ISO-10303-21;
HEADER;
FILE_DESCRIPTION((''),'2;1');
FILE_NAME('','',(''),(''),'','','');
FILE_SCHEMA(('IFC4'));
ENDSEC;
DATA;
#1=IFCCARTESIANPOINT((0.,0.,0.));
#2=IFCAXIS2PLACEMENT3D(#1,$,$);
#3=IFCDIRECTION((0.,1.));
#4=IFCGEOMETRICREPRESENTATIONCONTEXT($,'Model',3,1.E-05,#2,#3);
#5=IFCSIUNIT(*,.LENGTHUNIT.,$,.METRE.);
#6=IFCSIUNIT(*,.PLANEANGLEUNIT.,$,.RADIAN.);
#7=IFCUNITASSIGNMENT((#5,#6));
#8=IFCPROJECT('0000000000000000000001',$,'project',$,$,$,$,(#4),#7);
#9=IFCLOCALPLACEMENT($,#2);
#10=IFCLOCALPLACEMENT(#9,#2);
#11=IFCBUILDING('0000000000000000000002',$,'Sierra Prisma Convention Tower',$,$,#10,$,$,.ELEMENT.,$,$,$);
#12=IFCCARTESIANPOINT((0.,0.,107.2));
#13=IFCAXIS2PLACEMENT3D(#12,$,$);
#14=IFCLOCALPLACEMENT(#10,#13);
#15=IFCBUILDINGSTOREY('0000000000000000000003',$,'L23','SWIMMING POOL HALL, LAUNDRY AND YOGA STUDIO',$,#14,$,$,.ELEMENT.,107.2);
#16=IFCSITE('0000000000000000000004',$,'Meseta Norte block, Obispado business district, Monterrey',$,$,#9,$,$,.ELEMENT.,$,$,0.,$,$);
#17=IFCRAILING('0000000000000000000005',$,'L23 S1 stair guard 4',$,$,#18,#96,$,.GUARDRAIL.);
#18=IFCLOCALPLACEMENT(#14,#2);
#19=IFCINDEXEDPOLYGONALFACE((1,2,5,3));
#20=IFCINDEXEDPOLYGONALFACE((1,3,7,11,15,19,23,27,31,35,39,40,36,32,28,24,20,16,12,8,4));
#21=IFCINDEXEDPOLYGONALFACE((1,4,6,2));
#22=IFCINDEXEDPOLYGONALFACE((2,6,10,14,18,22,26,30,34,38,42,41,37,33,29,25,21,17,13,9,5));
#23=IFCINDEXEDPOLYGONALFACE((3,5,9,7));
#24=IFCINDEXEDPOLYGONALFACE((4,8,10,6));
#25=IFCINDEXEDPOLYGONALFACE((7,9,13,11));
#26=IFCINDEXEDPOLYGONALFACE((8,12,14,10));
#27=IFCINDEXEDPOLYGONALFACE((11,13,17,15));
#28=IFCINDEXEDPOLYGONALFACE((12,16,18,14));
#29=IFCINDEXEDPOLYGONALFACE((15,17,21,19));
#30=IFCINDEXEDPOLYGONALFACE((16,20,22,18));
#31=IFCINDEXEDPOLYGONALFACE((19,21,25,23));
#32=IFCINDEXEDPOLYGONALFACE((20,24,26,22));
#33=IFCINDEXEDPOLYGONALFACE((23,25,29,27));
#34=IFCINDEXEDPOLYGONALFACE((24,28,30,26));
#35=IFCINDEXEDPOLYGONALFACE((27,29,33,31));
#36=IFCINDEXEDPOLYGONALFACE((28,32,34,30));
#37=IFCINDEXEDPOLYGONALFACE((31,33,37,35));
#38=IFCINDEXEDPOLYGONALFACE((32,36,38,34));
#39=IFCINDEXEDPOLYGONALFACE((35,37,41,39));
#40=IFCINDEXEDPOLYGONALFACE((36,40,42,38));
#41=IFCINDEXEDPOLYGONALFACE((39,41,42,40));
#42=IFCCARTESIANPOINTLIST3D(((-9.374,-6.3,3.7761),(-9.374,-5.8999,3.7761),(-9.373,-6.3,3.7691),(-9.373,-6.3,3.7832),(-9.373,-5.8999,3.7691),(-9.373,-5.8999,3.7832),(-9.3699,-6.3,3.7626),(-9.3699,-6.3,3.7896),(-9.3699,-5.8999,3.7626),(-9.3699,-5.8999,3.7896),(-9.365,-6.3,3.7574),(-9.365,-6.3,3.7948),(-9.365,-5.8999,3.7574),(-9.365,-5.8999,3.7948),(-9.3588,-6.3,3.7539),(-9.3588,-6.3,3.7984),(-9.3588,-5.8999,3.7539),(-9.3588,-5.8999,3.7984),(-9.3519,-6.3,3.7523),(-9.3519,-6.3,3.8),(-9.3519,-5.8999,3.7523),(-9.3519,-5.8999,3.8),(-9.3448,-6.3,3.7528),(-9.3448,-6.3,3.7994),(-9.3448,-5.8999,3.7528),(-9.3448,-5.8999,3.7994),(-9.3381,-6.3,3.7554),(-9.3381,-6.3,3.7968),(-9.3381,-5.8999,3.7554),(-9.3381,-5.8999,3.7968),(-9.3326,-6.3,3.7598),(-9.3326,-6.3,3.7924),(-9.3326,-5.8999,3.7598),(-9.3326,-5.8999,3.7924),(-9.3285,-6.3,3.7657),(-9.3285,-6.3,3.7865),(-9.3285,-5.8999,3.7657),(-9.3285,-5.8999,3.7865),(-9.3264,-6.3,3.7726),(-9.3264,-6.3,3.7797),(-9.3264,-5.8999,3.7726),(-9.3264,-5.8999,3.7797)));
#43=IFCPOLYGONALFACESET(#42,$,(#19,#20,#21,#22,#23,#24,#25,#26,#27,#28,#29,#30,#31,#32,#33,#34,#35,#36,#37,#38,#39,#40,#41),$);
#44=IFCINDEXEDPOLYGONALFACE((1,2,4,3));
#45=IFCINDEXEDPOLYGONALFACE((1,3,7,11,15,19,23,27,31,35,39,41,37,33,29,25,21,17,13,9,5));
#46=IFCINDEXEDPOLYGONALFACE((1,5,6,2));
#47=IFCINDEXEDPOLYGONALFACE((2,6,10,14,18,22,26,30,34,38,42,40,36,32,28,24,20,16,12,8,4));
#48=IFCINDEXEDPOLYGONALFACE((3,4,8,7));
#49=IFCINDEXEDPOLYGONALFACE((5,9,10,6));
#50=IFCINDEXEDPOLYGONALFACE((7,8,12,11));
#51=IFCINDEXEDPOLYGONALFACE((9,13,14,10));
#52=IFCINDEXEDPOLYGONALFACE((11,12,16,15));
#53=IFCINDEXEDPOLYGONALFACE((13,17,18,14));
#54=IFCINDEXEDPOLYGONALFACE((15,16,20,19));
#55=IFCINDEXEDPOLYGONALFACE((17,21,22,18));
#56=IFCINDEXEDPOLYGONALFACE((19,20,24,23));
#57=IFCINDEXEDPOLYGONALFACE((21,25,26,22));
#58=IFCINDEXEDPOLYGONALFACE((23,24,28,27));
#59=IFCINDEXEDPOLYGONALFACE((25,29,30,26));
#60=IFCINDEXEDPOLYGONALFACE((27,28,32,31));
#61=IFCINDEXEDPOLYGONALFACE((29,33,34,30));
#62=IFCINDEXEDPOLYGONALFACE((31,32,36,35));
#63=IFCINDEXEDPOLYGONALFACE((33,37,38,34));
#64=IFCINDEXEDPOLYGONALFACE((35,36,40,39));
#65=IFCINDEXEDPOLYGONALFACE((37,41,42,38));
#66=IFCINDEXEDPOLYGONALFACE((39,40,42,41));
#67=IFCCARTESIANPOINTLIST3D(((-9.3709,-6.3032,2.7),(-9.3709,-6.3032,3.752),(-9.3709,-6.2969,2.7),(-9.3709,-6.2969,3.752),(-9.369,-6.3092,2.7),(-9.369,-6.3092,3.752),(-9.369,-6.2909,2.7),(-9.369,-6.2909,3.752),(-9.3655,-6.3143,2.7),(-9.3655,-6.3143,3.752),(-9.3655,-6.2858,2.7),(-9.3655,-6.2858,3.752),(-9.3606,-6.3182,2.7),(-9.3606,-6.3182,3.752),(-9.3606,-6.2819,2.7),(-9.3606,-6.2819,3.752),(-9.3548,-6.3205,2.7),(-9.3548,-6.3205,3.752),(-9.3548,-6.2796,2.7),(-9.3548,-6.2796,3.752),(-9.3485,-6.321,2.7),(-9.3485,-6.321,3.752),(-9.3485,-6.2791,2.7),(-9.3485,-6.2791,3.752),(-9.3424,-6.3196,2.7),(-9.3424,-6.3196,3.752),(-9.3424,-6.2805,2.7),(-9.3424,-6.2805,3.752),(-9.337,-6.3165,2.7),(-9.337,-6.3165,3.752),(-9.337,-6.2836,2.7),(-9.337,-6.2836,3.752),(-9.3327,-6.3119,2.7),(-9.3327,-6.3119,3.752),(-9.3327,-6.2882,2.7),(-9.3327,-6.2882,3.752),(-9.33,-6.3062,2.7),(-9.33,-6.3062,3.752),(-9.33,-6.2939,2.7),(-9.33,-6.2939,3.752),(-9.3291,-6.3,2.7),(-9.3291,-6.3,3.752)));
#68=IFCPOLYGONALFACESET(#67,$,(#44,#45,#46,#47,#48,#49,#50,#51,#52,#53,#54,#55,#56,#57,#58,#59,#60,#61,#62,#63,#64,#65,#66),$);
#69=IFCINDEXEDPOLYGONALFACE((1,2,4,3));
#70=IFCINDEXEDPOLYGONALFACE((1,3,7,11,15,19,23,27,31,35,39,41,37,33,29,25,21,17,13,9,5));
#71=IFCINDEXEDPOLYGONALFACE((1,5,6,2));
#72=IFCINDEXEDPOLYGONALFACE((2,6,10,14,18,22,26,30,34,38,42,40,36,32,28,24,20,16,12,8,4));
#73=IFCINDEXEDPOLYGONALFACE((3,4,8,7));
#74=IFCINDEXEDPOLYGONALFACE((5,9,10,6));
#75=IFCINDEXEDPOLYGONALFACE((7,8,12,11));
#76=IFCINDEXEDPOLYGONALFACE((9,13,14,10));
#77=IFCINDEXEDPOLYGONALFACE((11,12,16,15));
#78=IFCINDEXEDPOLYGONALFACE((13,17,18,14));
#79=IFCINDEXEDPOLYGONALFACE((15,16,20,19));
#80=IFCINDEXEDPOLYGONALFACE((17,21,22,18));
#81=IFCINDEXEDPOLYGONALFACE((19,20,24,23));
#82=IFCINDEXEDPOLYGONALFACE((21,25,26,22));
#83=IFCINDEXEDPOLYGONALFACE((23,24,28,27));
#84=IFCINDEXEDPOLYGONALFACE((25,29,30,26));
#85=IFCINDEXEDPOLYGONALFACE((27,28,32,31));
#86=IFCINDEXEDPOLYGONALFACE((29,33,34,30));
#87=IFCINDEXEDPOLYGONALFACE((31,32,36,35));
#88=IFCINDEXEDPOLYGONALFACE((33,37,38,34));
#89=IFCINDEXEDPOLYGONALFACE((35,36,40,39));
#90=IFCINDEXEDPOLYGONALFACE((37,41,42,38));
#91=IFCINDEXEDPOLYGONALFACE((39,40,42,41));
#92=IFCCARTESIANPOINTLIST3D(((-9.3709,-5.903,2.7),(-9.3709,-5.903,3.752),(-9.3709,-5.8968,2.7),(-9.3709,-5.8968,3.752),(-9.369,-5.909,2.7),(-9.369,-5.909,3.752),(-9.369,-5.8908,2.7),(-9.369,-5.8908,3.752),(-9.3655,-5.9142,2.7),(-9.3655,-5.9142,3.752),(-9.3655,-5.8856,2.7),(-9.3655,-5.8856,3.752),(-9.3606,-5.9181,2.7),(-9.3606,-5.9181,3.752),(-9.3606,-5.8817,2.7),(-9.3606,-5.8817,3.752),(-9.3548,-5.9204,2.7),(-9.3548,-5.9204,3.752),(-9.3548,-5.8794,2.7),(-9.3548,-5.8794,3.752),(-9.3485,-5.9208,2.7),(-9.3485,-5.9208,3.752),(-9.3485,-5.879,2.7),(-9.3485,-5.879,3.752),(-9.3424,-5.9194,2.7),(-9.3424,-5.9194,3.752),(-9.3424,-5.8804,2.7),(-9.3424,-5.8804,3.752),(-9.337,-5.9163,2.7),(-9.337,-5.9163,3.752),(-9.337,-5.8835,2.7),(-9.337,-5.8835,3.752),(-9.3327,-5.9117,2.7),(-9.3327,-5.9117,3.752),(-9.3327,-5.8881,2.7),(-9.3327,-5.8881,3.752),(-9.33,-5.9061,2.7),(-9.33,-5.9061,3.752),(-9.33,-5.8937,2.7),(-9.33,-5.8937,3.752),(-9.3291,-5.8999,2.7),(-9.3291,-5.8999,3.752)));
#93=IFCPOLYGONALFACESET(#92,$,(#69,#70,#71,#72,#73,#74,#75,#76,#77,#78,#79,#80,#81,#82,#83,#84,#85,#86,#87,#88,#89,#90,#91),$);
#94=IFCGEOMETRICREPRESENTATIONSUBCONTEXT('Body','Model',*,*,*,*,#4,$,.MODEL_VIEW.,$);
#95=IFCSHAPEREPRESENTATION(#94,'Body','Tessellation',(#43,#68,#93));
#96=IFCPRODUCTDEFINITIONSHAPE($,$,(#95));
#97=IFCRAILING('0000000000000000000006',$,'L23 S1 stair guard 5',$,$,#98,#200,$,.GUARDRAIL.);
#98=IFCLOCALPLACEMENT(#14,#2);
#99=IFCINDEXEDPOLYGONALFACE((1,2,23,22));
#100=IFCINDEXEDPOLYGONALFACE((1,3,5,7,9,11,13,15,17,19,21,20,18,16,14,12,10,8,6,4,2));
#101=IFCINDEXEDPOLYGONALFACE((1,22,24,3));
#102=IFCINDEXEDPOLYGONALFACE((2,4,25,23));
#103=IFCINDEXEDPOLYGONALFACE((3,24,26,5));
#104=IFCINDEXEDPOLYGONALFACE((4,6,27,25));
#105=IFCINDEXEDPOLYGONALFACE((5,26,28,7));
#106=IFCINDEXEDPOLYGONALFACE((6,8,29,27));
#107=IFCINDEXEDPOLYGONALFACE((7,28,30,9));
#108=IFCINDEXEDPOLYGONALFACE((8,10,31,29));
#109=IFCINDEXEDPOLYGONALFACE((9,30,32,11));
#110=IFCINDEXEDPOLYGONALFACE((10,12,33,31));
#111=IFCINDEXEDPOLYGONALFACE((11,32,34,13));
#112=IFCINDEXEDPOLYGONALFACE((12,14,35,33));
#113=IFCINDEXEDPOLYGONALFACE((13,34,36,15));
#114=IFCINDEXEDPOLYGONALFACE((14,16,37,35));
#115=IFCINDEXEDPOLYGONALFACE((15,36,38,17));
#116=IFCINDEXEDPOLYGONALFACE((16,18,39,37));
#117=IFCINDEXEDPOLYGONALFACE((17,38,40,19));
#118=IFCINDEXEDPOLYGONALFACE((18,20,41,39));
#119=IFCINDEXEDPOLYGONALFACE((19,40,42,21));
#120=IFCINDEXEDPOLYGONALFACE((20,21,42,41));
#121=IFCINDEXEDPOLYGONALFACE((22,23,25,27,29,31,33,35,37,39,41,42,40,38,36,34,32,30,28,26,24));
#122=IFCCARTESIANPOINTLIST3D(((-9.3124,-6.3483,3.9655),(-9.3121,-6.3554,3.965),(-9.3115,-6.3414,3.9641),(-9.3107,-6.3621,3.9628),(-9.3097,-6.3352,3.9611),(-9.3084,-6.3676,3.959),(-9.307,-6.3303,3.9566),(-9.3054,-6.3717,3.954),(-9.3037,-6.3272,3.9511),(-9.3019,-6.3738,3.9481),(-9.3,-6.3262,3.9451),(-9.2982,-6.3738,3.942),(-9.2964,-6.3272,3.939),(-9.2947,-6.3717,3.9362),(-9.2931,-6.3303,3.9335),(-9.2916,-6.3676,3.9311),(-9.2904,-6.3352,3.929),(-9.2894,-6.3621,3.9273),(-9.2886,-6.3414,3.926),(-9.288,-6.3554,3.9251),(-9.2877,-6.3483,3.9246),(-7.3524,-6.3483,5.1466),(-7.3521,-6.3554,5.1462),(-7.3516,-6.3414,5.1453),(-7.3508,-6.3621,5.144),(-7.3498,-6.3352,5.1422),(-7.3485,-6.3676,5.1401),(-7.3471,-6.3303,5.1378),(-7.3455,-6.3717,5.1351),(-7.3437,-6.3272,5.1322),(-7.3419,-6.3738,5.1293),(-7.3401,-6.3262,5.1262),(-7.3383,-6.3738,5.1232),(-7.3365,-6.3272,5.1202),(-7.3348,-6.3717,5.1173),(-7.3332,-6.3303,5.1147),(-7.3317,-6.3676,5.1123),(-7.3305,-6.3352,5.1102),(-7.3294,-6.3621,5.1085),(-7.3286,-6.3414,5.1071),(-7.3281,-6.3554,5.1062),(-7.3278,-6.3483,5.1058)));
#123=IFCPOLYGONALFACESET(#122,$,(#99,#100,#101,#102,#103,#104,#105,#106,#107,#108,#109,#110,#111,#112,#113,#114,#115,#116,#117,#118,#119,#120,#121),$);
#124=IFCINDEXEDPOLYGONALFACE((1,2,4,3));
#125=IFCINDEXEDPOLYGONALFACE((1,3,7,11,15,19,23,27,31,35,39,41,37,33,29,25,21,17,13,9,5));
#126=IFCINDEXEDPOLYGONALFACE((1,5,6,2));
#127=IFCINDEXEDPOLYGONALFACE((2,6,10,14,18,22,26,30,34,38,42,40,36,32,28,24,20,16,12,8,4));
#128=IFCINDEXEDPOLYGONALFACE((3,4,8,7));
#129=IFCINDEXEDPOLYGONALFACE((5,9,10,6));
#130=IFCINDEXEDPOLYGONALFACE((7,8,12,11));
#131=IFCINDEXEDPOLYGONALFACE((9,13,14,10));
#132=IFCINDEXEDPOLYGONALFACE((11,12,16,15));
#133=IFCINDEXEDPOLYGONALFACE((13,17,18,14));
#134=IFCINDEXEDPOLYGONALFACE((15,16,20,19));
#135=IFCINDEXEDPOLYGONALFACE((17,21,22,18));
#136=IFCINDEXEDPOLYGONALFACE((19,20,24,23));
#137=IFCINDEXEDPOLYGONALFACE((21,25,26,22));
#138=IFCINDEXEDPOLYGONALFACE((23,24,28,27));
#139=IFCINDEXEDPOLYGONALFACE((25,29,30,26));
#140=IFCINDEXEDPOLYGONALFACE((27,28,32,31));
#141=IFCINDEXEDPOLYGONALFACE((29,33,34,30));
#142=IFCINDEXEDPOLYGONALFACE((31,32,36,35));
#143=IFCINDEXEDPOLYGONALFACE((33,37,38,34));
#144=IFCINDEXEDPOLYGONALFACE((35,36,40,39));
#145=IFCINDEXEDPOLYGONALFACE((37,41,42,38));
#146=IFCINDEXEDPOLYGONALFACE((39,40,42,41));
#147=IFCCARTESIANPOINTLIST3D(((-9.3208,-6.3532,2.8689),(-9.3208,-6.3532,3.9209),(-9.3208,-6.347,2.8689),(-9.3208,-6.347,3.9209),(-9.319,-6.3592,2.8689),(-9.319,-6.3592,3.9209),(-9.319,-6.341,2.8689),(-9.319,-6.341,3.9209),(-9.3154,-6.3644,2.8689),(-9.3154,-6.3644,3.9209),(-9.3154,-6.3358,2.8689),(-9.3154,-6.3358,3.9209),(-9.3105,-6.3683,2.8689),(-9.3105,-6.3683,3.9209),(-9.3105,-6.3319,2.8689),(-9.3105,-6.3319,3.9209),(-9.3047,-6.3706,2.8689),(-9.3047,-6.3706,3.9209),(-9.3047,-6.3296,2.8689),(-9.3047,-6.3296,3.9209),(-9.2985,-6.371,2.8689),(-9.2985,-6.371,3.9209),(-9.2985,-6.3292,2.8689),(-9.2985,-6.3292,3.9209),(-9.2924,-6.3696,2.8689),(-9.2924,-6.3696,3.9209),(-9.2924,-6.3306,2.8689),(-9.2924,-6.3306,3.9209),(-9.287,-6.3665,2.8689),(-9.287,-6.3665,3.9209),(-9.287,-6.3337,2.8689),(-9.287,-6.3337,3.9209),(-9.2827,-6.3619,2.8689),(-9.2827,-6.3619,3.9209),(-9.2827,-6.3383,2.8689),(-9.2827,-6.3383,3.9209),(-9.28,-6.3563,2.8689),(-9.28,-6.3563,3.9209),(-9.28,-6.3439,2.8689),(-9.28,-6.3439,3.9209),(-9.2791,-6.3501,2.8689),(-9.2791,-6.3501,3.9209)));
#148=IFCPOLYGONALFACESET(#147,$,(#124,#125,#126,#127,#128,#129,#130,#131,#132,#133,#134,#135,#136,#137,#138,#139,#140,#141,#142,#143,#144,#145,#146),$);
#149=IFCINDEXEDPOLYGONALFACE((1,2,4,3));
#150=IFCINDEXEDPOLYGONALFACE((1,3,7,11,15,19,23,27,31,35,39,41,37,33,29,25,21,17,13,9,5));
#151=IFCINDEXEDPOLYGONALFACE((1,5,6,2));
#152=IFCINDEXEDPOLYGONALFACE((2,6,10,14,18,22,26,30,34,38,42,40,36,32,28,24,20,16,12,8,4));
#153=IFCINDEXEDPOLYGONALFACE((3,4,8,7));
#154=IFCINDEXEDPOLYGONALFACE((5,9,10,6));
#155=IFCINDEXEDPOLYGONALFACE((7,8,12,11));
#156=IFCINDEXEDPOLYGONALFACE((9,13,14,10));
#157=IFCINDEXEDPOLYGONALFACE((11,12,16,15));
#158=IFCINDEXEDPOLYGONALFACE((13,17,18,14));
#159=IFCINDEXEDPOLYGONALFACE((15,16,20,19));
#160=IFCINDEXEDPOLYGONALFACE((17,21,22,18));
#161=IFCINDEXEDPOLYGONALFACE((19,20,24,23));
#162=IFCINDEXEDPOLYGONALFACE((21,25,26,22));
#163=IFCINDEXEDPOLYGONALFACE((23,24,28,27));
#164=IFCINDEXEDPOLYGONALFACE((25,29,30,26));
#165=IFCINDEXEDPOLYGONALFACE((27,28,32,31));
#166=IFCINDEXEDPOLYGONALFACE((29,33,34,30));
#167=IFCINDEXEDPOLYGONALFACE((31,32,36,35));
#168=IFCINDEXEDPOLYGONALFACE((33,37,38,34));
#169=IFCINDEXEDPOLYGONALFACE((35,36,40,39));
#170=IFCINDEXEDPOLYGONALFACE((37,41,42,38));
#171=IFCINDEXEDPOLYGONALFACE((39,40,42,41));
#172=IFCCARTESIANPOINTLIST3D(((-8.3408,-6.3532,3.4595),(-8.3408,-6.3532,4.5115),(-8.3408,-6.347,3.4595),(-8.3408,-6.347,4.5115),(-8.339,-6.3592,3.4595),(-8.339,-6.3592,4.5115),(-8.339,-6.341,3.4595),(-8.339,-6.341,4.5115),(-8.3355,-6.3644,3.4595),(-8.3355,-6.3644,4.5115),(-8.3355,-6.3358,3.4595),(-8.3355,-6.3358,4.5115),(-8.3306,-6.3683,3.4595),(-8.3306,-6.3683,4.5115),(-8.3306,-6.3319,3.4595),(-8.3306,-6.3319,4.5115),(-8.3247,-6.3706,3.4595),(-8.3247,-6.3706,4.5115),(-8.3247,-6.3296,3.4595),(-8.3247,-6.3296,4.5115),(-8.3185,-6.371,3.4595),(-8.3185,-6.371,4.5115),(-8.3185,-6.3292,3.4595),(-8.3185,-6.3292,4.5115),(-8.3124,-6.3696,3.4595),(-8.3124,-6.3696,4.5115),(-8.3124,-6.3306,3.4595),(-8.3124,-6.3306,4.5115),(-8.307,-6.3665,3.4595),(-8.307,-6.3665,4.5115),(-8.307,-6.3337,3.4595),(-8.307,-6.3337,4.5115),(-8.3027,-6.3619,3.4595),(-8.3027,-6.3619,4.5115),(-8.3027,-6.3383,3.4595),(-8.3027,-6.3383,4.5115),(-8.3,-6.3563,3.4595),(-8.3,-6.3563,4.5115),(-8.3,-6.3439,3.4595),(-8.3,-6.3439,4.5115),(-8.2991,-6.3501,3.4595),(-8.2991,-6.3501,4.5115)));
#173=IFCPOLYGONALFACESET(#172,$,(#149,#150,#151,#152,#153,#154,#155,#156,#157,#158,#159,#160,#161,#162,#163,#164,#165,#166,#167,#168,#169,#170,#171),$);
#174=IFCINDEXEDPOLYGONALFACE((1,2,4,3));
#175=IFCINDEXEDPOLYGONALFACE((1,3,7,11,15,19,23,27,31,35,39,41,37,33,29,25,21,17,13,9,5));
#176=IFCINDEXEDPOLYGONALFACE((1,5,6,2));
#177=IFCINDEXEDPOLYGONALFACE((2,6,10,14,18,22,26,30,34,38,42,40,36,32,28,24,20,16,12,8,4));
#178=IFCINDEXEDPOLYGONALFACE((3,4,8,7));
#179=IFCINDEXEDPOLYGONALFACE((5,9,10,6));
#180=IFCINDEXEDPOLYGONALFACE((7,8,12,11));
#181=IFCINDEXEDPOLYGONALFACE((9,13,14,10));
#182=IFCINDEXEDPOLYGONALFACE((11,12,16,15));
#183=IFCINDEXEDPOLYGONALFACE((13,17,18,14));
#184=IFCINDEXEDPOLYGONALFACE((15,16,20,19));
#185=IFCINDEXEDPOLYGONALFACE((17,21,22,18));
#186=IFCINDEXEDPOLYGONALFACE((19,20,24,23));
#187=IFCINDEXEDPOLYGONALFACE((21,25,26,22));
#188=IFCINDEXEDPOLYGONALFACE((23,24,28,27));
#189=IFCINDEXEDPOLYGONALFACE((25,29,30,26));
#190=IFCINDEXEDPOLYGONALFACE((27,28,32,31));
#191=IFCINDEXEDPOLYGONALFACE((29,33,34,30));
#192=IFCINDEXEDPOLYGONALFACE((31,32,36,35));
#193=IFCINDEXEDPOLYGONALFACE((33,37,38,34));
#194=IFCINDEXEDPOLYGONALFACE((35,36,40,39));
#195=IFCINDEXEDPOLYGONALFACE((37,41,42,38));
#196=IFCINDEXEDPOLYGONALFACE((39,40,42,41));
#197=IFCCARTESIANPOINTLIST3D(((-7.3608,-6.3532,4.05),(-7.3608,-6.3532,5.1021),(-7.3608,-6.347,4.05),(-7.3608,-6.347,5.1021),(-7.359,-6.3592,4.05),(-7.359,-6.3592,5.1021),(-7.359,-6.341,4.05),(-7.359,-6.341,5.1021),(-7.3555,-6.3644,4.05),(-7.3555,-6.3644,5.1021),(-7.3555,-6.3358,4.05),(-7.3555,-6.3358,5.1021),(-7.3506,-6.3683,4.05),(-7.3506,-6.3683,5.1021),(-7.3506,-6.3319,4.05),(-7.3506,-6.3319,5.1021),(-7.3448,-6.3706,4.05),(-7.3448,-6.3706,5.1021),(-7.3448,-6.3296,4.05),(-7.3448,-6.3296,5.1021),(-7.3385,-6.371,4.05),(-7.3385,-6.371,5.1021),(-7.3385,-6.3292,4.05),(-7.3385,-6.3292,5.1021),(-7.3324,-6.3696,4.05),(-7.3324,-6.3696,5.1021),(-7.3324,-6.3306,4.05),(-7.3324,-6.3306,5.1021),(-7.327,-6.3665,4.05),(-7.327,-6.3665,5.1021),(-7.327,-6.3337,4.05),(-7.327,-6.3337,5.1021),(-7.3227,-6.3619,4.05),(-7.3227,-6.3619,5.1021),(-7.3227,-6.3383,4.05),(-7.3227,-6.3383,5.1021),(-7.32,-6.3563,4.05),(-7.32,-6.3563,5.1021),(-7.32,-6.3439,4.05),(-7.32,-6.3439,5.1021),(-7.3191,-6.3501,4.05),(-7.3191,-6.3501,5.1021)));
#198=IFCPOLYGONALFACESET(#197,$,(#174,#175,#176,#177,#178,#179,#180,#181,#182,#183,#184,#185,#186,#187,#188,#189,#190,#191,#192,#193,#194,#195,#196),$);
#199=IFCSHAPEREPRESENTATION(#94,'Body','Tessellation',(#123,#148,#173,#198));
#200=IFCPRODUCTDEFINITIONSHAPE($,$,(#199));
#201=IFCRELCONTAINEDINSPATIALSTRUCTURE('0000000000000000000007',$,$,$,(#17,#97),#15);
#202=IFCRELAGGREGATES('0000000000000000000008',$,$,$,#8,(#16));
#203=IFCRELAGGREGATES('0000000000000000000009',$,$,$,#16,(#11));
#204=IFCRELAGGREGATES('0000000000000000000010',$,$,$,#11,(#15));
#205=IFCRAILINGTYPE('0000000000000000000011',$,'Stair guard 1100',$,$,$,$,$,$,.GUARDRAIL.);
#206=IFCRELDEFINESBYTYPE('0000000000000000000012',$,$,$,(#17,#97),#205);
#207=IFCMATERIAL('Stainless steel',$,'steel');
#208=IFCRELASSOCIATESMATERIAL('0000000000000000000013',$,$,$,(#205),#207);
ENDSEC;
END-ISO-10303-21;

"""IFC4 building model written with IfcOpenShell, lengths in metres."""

from ifc_helpers import new_model, si_unit, direction, frame, origin, origin_2d, place, context, subcontext, project, spatial, circle, extrude, material, type_object, element, save


model = new_model("IFC4")

# Units and contexts
model_context = context("Model", 3, precision=1e-05, world=origin(), true_north=direction((0.0, 1.0)))
body_context = subcontext(model_context, "Body", "Model", "MODEL_VIEW")
ifc_project = project(units=[si_unit("LENGTHUNIT", "METRE"), si_unit("PLANEANGLEUNIT", "RADIAN")], contexts=[model_context])

# Site, building, storey
site_placement = place(None, origin())
site = spatial("IfcSite", under=ifc_project, at=site_placement, Name="Meseta Norte block, Obispado business district, Monterrey", CompositionType="ELEMENT", RefElevation=0.0)
building_placement = place(site_placement, origin())
building = spatial("IfcBuilding", under=site, at=building_placement, Name="Sierra Prisma Convention Tower", CompositionType="ELEMENT")
storey_placement = place(building_placement, frame((0.0, 0.0, 107.2)))
storey = spatial("IfcBuildingStorey", under=building, at=storey_placement, Name="L23", Description="SWIMMING POOL HALL, LAUNDRY AND YOGA STUDIO", CompositionType="ELEMENT", Elevation=107.2)

# Railings
ifc_material_1 = material(Name="Stainless steel", Category="steel")
railing_type_1 = type_object("IfcRailingType", Name="Stair guard 1100", PredefinedType="GUARDRAIL", material=ifc_material_1)
for number, where, name in (
    (1, (-9.3501, -6.3, 2.7), "L23 S1 stair guard 4"),
):
    element("IfcRailing", number, at=place(storey_placement, frame(where)), inside=storey, type_object=railing_type_1, Name=name, PredefinedType="GUARDRAIL", context=body_context, shape_type="SweptSolid", body=[
        extrude(circle(Radius=0.0239, at=origin_2d()), frame((0.0, 0.0, 1.0762), z_axis=(0.0, 1.0, 0.0), x_axis=(-1.0, 0.0, 0.0)), (0.0, 0.0, 1.0), 0.4001),
        extrude(circle(Radius=0.021, at=origin_2d()), origin(), (0.0, 0.0, 1.0), 1.052),
        extrude(circle(Radius=0.021, at=origin_2d()), frame((0.0, 0.4001, 0.0)), (0.0, 0.0, 1.0), 1.052),
    ])
railing_1_placement = place(storey_placement, frame((-9.3, -6.3501, 2.8689)))
element("IfcRailing", 2, at=railing_1_placement, inside=storey, type_object=railing_type_1, Name="L23 S1 stair guard 5", PredefinedType="GUARDRAIL", context=body_context, shape_type="SweptSolid", body=[
    extrude(circle(Radius=0.0239, at=origin_2d()), frame((0.0, 0.0, 1.0762), z_axis=(0.856493, 0.0, 0.516158), x_axis=(0.0, 1.0, 0.0)), (0.0, 0.0, 1.0), 2.2883),
    extrude(circle(Radius=0.021, at=origin_2d()), origin(), (0.0, 0.0, 1.0), 1.052),
    extrude(circle(Radius=0.021, at=origin_2d()), frame((0.98, 0.0, 0.5906)), (0.0, 0.0, 1.0), 1.052),
    extrude(circle(Radius=0.021, at=origin_2d()), frame((1.96, 0.0, 1.1812)), (0.0, 0.0, 1.0), 1.052),
])

save(model, "model.ifc")
